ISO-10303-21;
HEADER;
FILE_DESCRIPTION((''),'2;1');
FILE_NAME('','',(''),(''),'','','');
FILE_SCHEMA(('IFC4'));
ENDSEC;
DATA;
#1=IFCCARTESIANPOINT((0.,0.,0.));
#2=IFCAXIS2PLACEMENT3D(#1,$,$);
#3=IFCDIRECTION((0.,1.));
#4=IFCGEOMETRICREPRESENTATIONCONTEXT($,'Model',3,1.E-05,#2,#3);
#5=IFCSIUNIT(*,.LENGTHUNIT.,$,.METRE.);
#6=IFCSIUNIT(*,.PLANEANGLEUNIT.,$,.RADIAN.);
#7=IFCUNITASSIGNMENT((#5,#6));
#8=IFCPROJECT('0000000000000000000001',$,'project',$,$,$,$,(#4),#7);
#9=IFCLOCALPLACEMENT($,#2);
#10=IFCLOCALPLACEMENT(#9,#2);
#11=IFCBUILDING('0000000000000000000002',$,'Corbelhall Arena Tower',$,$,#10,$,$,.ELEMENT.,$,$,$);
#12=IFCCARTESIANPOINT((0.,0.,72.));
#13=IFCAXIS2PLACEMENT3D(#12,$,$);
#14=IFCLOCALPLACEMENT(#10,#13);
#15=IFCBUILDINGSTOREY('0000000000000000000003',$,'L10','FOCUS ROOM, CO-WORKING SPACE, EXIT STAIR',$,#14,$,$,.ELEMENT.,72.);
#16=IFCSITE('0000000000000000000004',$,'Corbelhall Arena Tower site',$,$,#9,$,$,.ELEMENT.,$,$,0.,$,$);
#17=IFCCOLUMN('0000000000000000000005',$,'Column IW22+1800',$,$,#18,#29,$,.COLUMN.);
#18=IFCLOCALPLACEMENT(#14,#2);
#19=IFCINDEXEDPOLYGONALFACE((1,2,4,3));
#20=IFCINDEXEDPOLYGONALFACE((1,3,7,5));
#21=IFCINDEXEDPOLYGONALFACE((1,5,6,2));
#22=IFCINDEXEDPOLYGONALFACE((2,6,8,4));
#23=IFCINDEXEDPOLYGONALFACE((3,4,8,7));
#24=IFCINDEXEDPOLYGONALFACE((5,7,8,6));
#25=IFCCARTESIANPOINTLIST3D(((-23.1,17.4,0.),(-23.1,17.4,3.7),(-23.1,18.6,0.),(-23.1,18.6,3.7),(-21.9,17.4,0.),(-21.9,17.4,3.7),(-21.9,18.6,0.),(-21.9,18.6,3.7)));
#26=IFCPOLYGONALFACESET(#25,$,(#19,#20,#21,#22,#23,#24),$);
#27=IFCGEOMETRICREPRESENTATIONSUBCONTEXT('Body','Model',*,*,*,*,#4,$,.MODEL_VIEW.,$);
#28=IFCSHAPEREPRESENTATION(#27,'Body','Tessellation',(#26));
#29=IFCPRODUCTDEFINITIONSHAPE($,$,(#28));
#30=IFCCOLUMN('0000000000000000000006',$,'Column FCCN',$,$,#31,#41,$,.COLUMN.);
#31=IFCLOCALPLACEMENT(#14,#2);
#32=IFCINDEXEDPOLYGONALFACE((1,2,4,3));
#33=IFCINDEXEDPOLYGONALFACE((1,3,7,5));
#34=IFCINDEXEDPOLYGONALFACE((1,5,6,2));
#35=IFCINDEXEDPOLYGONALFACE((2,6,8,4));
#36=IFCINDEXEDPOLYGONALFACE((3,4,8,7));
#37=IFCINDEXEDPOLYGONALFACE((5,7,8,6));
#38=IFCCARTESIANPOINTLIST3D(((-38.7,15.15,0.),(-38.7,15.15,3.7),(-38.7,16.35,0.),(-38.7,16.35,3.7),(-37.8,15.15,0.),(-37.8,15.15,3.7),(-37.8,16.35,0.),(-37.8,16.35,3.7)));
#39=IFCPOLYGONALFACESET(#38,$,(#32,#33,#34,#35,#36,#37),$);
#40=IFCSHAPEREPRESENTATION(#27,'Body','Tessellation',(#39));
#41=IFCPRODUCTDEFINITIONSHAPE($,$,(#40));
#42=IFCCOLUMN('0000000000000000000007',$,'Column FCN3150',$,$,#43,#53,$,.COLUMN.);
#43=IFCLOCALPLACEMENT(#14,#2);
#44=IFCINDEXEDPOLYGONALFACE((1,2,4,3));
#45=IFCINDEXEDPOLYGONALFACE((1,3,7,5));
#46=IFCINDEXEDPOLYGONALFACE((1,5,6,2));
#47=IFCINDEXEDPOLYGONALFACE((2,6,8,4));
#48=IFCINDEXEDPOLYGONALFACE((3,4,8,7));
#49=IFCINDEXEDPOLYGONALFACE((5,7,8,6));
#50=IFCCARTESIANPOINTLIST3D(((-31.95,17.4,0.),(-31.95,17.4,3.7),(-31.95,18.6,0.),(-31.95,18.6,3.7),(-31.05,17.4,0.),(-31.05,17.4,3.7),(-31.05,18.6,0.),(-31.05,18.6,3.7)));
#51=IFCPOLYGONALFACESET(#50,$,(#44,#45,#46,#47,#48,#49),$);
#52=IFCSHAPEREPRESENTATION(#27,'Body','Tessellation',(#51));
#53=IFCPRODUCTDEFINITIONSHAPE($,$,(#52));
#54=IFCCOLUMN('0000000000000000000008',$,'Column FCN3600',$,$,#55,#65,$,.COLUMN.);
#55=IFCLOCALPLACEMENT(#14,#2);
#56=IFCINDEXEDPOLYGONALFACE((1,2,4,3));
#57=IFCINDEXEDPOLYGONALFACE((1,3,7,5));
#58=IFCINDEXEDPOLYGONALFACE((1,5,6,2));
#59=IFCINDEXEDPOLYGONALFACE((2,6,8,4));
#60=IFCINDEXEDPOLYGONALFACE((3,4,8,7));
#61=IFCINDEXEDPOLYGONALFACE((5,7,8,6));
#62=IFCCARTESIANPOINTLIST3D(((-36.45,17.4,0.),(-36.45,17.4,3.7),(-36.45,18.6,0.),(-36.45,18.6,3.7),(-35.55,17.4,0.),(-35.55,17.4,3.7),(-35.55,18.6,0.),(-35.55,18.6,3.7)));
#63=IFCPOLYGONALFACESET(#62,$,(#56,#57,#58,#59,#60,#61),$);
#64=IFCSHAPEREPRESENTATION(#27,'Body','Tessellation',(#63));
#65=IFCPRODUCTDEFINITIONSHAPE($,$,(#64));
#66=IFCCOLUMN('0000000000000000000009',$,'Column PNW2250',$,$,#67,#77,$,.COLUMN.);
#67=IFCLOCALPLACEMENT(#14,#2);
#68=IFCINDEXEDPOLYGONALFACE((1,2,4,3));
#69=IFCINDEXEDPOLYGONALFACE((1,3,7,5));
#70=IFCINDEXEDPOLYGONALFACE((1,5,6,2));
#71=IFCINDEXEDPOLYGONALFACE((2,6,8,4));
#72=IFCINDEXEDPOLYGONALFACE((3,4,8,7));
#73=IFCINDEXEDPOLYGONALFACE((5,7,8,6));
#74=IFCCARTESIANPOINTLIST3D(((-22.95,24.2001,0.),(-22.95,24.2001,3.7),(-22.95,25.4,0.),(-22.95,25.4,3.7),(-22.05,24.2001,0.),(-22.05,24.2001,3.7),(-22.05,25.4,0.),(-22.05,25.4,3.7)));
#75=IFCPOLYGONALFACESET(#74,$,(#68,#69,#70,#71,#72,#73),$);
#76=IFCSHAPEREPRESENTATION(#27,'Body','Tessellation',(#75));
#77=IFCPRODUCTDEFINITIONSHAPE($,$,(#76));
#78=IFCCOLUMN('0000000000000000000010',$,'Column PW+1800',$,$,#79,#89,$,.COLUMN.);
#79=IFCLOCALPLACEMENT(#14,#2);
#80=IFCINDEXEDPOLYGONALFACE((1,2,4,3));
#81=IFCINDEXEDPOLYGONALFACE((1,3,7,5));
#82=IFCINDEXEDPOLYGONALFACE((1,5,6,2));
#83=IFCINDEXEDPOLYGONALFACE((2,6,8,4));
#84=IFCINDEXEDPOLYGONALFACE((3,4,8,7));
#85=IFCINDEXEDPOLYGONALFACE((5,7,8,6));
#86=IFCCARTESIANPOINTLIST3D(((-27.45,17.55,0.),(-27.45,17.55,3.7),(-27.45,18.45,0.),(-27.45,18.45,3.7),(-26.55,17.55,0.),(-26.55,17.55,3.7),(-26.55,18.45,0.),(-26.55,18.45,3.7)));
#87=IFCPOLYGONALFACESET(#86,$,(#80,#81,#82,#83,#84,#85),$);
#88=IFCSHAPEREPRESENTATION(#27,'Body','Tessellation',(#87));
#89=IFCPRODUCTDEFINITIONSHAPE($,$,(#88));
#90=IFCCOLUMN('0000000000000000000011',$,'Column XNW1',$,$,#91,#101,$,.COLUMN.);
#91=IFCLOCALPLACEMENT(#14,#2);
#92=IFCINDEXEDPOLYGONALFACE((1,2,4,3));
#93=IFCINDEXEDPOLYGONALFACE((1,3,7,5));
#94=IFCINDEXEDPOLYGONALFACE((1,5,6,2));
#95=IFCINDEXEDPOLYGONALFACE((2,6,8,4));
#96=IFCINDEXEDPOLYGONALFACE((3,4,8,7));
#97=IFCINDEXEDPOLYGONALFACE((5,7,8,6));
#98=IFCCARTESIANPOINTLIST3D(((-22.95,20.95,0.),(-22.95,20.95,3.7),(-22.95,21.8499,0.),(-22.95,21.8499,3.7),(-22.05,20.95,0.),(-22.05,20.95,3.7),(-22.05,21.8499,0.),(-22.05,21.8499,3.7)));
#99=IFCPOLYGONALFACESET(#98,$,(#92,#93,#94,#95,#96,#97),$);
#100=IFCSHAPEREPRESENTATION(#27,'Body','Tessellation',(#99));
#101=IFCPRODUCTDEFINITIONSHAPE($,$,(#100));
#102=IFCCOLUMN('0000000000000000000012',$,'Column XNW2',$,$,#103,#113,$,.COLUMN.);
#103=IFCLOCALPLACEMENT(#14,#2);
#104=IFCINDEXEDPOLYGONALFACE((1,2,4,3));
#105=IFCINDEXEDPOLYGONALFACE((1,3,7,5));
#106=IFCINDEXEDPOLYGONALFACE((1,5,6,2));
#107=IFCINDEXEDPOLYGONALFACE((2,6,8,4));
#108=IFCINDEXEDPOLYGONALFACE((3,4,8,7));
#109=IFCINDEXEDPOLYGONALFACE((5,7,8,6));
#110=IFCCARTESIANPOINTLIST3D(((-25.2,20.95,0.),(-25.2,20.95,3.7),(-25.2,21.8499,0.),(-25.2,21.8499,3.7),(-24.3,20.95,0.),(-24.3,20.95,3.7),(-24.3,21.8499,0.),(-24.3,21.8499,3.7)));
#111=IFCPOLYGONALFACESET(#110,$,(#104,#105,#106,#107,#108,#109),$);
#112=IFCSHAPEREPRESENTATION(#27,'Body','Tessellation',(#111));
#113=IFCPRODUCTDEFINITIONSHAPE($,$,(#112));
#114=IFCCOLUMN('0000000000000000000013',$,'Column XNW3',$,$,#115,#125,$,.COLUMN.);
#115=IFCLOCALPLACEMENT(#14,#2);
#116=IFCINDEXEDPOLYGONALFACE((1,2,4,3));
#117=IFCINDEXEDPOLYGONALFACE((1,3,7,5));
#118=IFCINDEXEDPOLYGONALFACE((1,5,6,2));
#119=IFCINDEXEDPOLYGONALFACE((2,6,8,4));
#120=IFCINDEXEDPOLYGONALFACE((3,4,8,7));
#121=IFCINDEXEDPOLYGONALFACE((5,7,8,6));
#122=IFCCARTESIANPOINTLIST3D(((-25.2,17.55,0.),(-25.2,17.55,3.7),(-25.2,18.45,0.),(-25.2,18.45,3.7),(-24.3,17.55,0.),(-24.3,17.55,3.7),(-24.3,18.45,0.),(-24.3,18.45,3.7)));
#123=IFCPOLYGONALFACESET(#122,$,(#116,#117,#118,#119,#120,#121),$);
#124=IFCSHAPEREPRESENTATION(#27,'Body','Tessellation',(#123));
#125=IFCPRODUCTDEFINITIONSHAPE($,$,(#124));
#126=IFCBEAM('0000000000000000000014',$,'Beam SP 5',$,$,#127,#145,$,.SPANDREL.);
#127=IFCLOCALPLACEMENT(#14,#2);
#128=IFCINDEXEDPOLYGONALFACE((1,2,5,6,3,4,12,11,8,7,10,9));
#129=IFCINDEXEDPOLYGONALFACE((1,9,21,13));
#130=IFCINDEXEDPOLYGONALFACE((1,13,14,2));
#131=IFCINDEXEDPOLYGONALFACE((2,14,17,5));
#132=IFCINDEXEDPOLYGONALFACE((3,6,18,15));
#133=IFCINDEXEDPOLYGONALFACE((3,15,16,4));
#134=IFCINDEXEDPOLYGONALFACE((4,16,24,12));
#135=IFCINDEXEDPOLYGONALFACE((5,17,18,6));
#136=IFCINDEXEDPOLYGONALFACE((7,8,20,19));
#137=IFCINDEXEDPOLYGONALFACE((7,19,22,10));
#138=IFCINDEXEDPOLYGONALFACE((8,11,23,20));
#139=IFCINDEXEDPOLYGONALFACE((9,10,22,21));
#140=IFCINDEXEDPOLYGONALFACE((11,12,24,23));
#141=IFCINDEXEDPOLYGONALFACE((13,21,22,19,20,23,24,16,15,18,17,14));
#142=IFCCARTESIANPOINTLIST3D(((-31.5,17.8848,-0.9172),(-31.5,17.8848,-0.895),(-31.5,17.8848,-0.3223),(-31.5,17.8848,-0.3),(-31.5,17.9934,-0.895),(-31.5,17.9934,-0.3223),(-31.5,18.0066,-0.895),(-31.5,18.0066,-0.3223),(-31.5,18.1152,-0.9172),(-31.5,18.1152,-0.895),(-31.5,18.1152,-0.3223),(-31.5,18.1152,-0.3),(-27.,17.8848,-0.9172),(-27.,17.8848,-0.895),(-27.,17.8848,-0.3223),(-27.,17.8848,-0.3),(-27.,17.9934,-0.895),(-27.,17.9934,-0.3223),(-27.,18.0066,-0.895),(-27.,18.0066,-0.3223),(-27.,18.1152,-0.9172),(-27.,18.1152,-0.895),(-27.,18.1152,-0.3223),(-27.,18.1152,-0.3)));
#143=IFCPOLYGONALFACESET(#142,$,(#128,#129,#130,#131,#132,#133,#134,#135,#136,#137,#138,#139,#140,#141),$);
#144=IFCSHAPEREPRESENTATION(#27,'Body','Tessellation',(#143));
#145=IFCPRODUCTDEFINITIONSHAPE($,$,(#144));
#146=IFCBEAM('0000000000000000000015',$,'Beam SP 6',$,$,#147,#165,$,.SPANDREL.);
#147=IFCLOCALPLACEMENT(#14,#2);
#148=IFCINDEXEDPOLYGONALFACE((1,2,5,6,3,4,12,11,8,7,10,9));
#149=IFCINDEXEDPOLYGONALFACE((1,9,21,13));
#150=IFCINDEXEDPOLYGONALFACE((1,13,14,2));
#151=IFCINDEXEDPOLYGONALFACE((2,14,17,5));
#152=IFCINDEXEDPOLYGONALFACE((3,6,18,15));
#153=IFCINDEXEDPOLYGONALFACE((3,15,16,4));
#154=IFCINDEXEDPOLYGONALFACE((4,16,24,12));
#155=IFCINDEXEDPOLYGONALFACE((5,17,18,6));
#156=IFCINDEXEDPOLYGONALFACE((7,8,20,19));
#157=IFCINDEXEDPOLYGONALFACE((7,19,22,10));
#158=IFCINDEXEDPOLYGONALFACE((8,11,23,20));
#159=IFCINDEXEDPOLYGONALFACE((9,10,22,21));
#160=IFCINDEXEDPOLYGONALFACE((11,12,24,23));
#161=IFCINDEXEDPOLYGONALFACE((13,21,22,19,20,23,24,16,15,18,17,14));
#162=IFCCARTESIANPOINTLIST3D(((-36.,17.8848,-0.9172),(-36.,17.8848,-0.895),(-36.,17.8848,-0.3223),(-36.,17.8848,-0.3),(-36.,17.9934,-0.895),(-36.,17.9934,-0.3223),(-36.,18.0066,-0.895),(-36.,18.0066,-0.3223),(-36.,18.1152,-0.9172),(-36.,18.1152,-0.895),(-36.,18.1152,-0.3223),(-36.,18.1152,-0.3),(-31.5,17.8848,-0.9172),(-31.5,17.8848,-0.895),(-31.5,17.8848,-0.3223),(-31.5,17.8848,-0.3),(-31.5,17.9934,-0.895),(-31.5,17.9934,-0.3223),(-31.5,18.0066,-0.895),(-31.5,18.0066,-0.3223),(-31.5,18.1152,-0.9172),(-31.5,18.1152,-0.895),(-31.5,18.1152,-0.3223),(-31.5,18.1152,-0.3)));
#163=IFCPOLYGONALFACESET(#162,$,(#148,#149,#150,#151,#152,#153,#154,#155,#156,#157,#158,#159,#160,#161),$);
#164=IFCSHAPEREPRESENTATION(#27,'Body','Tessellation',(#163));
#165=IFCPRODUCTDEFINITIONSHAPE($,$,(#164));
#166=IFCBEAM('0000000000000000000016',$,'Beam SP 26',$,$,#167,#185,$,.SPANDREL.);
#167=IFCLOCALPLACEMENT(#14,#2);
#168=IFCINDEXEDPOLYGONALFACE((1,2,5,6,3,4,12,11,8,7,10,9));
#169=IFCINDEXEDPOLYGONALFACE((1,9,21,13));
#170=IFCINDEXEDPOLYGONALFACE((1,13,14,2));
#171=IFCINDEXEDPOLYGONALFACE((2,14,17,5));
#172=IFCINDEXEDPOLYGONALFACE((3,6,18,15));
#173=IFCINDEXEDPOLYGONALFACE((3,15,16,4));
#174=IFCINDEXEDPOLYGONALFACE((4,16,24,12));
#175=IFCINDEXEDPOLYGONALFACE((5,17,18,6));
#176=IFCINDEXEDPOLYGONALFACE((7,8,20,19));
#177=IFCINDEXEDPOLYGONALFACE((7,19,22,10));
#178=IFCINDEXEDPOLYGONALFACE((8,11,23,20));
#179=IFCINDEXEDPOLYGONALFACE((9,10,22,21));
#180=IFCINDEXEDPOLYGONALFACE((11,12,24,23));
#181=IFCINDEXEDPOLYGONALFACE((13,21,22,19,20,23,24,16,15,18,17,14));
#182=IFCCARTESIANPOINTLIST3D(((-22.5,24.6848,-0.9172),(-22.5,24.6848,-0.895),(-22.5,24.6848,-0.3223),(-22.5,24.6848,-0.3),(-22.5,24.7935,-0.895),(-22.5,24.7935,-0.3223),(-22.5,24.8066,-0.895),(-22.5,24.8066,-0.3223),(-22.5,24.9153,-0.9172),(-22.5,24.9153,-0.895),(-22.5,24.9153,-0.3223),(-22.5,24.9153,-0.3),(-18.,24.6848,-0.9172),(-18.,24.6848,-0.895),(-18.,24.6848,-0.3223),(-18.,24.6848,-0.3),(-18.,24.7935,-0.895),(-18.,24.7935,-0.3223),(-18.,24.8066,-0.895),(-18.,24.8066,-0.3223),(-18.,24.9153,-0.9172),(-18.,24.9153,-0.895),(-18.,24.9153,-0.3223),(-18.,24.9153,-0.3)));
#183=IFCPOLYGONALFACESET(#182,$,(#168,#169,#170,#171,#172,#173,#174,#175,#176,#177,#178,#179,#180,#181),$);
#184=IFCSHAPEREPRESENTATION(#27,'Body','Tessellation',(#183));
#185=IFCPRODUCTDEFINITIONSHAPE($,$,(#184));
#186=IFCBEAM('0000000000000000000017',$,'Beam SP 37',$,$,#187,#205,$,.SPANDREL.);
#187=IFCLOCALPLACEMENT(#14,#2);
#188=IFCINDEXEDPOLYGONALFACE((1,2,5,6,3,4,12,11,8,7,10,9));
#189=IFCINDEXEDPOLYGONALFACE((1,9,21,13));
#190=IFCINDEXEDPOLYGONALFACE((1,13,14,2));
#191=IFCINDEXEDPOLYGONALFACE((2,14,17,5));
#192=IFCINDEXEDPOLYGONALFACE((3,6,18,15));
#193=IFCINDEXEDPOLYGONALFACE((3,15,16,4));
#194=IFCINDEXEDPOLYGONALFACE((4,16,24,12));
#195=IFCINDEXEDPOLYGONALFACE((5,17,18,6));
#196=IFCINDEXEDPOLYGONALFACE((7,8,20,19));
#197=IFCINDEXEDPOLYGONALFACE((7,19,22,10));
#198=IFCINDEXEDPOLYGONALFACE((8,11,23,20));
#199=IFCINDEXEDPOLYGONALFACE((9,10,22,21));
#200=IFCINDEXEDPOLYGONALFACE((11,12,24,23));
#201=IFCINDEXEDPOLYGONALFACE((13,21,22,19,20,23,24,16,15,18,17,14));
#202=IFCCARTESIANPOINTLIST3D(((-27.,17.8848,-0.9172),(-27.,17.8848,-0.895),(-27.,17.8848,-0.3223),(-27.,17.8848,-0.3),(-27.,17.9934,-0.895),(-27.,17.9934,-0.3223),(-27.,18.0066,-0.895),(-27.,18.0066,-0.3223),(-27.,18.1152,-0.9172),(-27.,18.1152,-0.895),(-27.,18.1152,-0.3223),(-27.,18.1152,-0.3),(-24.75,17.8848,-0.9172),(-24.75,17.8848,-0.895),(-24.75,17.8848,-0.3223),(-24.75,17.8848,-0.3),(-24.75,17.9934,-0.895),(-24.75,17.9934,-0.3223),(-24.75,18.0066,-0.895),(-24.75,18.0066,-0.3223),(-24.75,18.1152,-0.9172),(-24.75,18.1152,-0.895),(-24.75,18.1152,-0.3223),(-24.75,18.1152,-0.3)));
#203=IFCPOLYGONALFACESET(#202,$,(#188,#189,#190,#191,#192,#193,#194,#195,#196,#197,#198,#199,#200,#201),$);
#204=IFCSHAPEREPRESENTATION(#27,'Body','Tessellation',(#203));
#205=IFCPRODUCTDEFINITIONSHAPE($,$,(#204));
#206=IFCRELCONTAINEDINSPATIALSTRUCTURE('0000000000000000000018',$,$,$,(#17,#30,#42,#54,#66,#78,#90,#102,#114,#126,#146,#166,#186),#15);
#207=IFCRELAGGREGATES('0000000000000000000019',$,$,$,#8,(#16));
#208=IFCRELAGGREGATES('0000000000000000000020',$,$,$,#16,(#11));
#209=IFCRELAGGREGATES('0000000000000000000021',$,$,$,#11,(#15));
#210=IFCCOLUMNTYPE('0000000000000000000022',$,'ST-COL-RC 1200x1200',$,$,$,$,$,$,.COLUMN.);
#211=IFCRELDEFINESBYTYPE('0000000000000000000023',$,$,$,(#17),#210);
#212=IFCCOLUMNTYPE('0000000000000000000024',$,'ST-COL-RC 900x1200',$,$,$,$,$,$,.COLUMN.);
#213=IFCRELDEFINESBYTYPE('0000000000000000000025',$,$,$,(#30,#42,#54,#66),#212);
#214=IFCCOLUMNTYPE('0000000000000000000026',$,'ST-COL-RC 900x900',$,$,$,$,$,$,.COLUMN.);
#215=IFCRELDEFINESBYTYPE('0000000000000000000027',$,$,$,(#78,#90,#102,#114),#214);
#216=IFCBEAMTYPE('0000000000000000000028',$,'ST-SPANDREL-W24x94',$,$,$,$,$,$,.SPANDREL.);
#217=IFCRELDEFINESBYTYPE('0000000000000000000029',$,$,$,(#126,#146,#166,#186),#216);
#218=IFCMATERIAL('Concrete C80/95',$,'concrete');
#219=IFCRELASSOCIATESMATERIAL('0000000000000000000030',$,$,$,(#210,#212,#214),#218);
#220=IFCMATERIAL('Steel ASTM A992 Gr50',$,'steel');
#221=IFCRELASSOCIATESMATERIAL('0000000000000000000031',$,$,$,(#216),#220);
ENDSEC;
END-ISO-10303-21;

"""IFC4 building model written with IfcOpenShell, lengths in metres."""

from ifc_helpers import new_model, si_unit, direction, frame, origin, origin_2d, place, context, subcontext, project, spatial, rectangle, i_section, extrude, material, material_profile, profile_set, type_object, element, save


model = new_model("IFC4")

# Units and contexts
model_context = context("Model", 3, precision=1e-05, world=origin(), true_north=direction((0.0, 1.0)))
body_context = subcontext(model_context, "Body", "Model", "MODEL_VIEW")
ifc_project = project(units=[si_unit("LENGTHUNIT", "METRE"), si_unit("PLANEANGLEUNIT", "RADIAN")], contexts=[model_context])

# Site, building, storey
site_placement = place(None, origin())
site = spatial("IfcSite", under=ifc_project, at=site_placement, Name="Corbelhall Arena Tower site", CompositionType="ELEMENT", RefElevation=0.0)
building_placement = place(site_placement, origin())
building = spatial("IfcBuilding", under=site, at=building_placement, Name="Corbelhall Arena Tower", CompositionType="ELEMENT")
storey_placement = place(building_placement, frame((0.0, 0.0, 72.0)))
storey = spatial("IfcBuildingStorey", under=building, at=storey_placement, Name="L10", Description="FOCUS ROOM, CO-WORKING SPACE, EXIT STAIR", CompositionType="ELEMENT", Elevation=72.0)

# Columns
ifc_material_1 = material(Name="Concrete C80/95", Category="concrete")
ifc_material_profile_1 = material_profile(ifc_material_1, rectangle(XDim=1.2, YDim=1.2, at=origin_2d()))
ifc_profile_set_1 = profile_set([ifc_material_profile_1], Name="Concrete C80/95")
column_type_1 = type_object("IfcColumnType", Name="ST-COL-RC 1200x1200", PredefinedType="COLUMN", material=ifc_profile_set_1)
column_placement = place(storey_placement, frame((-22.5, 18.0, 0.0), z_axis=(0.0, 0.0, 1.0), x_axis=(1.0, 0.0, 0.0)))
element("IfcColumn", 1, at=column_placement, inside=storey, type_object=column_type_1, Name="Column IW22+1800", PredefinedType="COLUMN", context=body_context, shape_type="SweptSolid", body=[
    extrude(rectangle(XDim=1.2, YDim=1.2, at=origin_2d()), origin(), (0.0, 0.0, 1.0), 3.7),
])
ifc_material_profile_2 = material_profile(ifc_material_1, rectangle(XDim=0.8999, YDim=1.2, at=origin_2d()))
ifc_profile_set_2 = profile_set([ifc_material_profile_2], Name="Concrete C80/95")
column_type_2 = type_object("IfcColumnType", Name="ST-COL-RC 900x1200", PredefinedType="COLUMN", material=ifc_profile_set_2)
for number, where, z_axis, x_axis, name in (
    (2, (-38.25, 15.75, 0.0), (0.0, 0.0, 1.0), (1.0, 0.0, 0.0), "Column FCCN"),
    (3, (-31.5, 18.0, 0.0), (0.0, 0.0, 1.0), (1.0, 0.0, 0.0), "Column FCN3150"),
    (4, (-36.0, 18.0, 0.0), (0.0, 0.0, 1.0), (1.0, 0.0, 0.0), "Column FCN3600"),
    (5, (-22.5, 24.8, 0.0), (0.0, 0.0, 1.0), (1.0, 0.0, 0.0), "Column PNW2250"),
):
    element("IfcColumn", number, at=place(storey_placement, frame(where, z_axis=z_axis, x_axis=x_axis)), inside=storey, type_object=column_type_2, Name=name, PredefinedType="COLUMN", context=body_context, shape_type="SweptSolid", body=[
        extrude(rectangle(XDim=0.8999, YDim=1.2, at=origin_2d()), origin(), (0.0, 0.0, 1.0), 3.7),
    ])
ifc_material_profile_3 = material_profile(ifc_material_1, rectangle(XDim=0.8999, YDim=0.8999, at=origin_2d()))
ifc_profile_set_3 = profile_set([ifc_material_profile_3], Name="Concrete C80/95")
column_type_3 = type_object("IfcColumnType", Name="ST-COL-RC 900x900", PredefinedType="COLUMN", material=ifc_profile_set_3)
for number, where, z_axis, x_axis, name in (
    (6, (-27.0, 18.0, 0.0), (0.0, 0.0, 1.0), (1.0, 0.0, 0.0), "Column PW+1800"),
    (7, (-22.5, 21.3999, 0.0), (0.0, 0.0, 1.0), (1.0, 0.0, 0.0), "Column XNW1"),
    (8, (-24.75, 21.3999, 0.0), (0.0, 0.0, 1.0), (1.0, 0.0, 0.0), "Column XNW2"),
    (9, (-24.75, 18.0, 0.0), (0.0, 0.0, 1.0), (1.0, 0.0, 0.0), "Column XNW3"),
):
    element("IfcColumn", number, at=place(storey_placement, frame(where, z_axis=z_axis, x_axis=x_axis)), inside=storey, type_object=column_type_3, Name=name, PredefinedType="COLUMN", context=body_context, shape_type="SweptSolid", body=[
        extrude(rectangle(XDim=0.8999, YDim=0.8999, at=origin_2d()), origin(), (0.0, 0.0, 1.0), 3.7),
    ])

# Beams
ifc_material_2 = material(Name="Steel ASTM A992 Gr50", Category="steel")
ifc_material_profile_4 = material_profile(ifc_material_2, i_section(OverallWidth=0.2305, OverallDepth=0.6172, WebThickness=0.0132, FlangeThickness=0.0222, at=origin_2d()))
ifc_profile_set_4 = profile_set([ifc_material_profile_4], Name="Steel ASTM A992 Gr50")
beam_type = type_object("IfcBeamType", Name="ST-SPANDREL-W24x94", PredefinedType="SPANDREL", material=ifc_profile_set_4)
for number, where, z_axis, x_axis, name in (
    (10, (-31.5, 18.0, -0.6086), (1.0, 0.0, 0.0), (0.0, 1.0, 0.0), "Beam SP 5"),
    (11, (-36.0, 18.0, -0.6086), (1.0, 0.0, 0.0), (0.0, 1.0, 0.0), "Beam SP 6"),
    (12, (-22.5, 24.8, -0.6086), (1.0, 0.0, 0.0), (0.0, 1.0, 0.0), "Beam SP 26"),
):
    element("IfcBeam", number, at=place(storey_placement, frame(where, z_axis=z_axis, x_axis=x_axis)), inside=storey, type_object=beam_type, Name=name, PredefinedType="SPANDREL", context=body_context, shape_type="SweptSolid", body=[
        extrude(i_section(OverallWidth=0.2305, OverallDepth=0.6172, WebThickness=0.0132, FlangeThickness=0.0222, at=origin_2d()), origin(), (0.0, 0.0, 1.0), 4.5),
    ])
beam_1_placement = place(storey_placement, frame((-27.0, 18.0, -0.6086), z_axis=(1.0, 0.0, 0.0), x_axis=(0.0, 1.0, 0.0)))
element("IfcBeam", 13, at=beam_1_placement, inside=storey, type_object=beam_type, Name="Beam SP 37", PredefinedType="SPANDREL", context=body_context, shape_type="SweptSolid", body=[
    extrude(i_section(OverallWidth=0.2305, OverallDepth=0.6172, WebThickness=0.0132, FlangeThickness=0.0222, at=origin_2d()), origin(), (0.0, 0.0, 1.0), 2.25),
])

save(model, "model.ifc")
